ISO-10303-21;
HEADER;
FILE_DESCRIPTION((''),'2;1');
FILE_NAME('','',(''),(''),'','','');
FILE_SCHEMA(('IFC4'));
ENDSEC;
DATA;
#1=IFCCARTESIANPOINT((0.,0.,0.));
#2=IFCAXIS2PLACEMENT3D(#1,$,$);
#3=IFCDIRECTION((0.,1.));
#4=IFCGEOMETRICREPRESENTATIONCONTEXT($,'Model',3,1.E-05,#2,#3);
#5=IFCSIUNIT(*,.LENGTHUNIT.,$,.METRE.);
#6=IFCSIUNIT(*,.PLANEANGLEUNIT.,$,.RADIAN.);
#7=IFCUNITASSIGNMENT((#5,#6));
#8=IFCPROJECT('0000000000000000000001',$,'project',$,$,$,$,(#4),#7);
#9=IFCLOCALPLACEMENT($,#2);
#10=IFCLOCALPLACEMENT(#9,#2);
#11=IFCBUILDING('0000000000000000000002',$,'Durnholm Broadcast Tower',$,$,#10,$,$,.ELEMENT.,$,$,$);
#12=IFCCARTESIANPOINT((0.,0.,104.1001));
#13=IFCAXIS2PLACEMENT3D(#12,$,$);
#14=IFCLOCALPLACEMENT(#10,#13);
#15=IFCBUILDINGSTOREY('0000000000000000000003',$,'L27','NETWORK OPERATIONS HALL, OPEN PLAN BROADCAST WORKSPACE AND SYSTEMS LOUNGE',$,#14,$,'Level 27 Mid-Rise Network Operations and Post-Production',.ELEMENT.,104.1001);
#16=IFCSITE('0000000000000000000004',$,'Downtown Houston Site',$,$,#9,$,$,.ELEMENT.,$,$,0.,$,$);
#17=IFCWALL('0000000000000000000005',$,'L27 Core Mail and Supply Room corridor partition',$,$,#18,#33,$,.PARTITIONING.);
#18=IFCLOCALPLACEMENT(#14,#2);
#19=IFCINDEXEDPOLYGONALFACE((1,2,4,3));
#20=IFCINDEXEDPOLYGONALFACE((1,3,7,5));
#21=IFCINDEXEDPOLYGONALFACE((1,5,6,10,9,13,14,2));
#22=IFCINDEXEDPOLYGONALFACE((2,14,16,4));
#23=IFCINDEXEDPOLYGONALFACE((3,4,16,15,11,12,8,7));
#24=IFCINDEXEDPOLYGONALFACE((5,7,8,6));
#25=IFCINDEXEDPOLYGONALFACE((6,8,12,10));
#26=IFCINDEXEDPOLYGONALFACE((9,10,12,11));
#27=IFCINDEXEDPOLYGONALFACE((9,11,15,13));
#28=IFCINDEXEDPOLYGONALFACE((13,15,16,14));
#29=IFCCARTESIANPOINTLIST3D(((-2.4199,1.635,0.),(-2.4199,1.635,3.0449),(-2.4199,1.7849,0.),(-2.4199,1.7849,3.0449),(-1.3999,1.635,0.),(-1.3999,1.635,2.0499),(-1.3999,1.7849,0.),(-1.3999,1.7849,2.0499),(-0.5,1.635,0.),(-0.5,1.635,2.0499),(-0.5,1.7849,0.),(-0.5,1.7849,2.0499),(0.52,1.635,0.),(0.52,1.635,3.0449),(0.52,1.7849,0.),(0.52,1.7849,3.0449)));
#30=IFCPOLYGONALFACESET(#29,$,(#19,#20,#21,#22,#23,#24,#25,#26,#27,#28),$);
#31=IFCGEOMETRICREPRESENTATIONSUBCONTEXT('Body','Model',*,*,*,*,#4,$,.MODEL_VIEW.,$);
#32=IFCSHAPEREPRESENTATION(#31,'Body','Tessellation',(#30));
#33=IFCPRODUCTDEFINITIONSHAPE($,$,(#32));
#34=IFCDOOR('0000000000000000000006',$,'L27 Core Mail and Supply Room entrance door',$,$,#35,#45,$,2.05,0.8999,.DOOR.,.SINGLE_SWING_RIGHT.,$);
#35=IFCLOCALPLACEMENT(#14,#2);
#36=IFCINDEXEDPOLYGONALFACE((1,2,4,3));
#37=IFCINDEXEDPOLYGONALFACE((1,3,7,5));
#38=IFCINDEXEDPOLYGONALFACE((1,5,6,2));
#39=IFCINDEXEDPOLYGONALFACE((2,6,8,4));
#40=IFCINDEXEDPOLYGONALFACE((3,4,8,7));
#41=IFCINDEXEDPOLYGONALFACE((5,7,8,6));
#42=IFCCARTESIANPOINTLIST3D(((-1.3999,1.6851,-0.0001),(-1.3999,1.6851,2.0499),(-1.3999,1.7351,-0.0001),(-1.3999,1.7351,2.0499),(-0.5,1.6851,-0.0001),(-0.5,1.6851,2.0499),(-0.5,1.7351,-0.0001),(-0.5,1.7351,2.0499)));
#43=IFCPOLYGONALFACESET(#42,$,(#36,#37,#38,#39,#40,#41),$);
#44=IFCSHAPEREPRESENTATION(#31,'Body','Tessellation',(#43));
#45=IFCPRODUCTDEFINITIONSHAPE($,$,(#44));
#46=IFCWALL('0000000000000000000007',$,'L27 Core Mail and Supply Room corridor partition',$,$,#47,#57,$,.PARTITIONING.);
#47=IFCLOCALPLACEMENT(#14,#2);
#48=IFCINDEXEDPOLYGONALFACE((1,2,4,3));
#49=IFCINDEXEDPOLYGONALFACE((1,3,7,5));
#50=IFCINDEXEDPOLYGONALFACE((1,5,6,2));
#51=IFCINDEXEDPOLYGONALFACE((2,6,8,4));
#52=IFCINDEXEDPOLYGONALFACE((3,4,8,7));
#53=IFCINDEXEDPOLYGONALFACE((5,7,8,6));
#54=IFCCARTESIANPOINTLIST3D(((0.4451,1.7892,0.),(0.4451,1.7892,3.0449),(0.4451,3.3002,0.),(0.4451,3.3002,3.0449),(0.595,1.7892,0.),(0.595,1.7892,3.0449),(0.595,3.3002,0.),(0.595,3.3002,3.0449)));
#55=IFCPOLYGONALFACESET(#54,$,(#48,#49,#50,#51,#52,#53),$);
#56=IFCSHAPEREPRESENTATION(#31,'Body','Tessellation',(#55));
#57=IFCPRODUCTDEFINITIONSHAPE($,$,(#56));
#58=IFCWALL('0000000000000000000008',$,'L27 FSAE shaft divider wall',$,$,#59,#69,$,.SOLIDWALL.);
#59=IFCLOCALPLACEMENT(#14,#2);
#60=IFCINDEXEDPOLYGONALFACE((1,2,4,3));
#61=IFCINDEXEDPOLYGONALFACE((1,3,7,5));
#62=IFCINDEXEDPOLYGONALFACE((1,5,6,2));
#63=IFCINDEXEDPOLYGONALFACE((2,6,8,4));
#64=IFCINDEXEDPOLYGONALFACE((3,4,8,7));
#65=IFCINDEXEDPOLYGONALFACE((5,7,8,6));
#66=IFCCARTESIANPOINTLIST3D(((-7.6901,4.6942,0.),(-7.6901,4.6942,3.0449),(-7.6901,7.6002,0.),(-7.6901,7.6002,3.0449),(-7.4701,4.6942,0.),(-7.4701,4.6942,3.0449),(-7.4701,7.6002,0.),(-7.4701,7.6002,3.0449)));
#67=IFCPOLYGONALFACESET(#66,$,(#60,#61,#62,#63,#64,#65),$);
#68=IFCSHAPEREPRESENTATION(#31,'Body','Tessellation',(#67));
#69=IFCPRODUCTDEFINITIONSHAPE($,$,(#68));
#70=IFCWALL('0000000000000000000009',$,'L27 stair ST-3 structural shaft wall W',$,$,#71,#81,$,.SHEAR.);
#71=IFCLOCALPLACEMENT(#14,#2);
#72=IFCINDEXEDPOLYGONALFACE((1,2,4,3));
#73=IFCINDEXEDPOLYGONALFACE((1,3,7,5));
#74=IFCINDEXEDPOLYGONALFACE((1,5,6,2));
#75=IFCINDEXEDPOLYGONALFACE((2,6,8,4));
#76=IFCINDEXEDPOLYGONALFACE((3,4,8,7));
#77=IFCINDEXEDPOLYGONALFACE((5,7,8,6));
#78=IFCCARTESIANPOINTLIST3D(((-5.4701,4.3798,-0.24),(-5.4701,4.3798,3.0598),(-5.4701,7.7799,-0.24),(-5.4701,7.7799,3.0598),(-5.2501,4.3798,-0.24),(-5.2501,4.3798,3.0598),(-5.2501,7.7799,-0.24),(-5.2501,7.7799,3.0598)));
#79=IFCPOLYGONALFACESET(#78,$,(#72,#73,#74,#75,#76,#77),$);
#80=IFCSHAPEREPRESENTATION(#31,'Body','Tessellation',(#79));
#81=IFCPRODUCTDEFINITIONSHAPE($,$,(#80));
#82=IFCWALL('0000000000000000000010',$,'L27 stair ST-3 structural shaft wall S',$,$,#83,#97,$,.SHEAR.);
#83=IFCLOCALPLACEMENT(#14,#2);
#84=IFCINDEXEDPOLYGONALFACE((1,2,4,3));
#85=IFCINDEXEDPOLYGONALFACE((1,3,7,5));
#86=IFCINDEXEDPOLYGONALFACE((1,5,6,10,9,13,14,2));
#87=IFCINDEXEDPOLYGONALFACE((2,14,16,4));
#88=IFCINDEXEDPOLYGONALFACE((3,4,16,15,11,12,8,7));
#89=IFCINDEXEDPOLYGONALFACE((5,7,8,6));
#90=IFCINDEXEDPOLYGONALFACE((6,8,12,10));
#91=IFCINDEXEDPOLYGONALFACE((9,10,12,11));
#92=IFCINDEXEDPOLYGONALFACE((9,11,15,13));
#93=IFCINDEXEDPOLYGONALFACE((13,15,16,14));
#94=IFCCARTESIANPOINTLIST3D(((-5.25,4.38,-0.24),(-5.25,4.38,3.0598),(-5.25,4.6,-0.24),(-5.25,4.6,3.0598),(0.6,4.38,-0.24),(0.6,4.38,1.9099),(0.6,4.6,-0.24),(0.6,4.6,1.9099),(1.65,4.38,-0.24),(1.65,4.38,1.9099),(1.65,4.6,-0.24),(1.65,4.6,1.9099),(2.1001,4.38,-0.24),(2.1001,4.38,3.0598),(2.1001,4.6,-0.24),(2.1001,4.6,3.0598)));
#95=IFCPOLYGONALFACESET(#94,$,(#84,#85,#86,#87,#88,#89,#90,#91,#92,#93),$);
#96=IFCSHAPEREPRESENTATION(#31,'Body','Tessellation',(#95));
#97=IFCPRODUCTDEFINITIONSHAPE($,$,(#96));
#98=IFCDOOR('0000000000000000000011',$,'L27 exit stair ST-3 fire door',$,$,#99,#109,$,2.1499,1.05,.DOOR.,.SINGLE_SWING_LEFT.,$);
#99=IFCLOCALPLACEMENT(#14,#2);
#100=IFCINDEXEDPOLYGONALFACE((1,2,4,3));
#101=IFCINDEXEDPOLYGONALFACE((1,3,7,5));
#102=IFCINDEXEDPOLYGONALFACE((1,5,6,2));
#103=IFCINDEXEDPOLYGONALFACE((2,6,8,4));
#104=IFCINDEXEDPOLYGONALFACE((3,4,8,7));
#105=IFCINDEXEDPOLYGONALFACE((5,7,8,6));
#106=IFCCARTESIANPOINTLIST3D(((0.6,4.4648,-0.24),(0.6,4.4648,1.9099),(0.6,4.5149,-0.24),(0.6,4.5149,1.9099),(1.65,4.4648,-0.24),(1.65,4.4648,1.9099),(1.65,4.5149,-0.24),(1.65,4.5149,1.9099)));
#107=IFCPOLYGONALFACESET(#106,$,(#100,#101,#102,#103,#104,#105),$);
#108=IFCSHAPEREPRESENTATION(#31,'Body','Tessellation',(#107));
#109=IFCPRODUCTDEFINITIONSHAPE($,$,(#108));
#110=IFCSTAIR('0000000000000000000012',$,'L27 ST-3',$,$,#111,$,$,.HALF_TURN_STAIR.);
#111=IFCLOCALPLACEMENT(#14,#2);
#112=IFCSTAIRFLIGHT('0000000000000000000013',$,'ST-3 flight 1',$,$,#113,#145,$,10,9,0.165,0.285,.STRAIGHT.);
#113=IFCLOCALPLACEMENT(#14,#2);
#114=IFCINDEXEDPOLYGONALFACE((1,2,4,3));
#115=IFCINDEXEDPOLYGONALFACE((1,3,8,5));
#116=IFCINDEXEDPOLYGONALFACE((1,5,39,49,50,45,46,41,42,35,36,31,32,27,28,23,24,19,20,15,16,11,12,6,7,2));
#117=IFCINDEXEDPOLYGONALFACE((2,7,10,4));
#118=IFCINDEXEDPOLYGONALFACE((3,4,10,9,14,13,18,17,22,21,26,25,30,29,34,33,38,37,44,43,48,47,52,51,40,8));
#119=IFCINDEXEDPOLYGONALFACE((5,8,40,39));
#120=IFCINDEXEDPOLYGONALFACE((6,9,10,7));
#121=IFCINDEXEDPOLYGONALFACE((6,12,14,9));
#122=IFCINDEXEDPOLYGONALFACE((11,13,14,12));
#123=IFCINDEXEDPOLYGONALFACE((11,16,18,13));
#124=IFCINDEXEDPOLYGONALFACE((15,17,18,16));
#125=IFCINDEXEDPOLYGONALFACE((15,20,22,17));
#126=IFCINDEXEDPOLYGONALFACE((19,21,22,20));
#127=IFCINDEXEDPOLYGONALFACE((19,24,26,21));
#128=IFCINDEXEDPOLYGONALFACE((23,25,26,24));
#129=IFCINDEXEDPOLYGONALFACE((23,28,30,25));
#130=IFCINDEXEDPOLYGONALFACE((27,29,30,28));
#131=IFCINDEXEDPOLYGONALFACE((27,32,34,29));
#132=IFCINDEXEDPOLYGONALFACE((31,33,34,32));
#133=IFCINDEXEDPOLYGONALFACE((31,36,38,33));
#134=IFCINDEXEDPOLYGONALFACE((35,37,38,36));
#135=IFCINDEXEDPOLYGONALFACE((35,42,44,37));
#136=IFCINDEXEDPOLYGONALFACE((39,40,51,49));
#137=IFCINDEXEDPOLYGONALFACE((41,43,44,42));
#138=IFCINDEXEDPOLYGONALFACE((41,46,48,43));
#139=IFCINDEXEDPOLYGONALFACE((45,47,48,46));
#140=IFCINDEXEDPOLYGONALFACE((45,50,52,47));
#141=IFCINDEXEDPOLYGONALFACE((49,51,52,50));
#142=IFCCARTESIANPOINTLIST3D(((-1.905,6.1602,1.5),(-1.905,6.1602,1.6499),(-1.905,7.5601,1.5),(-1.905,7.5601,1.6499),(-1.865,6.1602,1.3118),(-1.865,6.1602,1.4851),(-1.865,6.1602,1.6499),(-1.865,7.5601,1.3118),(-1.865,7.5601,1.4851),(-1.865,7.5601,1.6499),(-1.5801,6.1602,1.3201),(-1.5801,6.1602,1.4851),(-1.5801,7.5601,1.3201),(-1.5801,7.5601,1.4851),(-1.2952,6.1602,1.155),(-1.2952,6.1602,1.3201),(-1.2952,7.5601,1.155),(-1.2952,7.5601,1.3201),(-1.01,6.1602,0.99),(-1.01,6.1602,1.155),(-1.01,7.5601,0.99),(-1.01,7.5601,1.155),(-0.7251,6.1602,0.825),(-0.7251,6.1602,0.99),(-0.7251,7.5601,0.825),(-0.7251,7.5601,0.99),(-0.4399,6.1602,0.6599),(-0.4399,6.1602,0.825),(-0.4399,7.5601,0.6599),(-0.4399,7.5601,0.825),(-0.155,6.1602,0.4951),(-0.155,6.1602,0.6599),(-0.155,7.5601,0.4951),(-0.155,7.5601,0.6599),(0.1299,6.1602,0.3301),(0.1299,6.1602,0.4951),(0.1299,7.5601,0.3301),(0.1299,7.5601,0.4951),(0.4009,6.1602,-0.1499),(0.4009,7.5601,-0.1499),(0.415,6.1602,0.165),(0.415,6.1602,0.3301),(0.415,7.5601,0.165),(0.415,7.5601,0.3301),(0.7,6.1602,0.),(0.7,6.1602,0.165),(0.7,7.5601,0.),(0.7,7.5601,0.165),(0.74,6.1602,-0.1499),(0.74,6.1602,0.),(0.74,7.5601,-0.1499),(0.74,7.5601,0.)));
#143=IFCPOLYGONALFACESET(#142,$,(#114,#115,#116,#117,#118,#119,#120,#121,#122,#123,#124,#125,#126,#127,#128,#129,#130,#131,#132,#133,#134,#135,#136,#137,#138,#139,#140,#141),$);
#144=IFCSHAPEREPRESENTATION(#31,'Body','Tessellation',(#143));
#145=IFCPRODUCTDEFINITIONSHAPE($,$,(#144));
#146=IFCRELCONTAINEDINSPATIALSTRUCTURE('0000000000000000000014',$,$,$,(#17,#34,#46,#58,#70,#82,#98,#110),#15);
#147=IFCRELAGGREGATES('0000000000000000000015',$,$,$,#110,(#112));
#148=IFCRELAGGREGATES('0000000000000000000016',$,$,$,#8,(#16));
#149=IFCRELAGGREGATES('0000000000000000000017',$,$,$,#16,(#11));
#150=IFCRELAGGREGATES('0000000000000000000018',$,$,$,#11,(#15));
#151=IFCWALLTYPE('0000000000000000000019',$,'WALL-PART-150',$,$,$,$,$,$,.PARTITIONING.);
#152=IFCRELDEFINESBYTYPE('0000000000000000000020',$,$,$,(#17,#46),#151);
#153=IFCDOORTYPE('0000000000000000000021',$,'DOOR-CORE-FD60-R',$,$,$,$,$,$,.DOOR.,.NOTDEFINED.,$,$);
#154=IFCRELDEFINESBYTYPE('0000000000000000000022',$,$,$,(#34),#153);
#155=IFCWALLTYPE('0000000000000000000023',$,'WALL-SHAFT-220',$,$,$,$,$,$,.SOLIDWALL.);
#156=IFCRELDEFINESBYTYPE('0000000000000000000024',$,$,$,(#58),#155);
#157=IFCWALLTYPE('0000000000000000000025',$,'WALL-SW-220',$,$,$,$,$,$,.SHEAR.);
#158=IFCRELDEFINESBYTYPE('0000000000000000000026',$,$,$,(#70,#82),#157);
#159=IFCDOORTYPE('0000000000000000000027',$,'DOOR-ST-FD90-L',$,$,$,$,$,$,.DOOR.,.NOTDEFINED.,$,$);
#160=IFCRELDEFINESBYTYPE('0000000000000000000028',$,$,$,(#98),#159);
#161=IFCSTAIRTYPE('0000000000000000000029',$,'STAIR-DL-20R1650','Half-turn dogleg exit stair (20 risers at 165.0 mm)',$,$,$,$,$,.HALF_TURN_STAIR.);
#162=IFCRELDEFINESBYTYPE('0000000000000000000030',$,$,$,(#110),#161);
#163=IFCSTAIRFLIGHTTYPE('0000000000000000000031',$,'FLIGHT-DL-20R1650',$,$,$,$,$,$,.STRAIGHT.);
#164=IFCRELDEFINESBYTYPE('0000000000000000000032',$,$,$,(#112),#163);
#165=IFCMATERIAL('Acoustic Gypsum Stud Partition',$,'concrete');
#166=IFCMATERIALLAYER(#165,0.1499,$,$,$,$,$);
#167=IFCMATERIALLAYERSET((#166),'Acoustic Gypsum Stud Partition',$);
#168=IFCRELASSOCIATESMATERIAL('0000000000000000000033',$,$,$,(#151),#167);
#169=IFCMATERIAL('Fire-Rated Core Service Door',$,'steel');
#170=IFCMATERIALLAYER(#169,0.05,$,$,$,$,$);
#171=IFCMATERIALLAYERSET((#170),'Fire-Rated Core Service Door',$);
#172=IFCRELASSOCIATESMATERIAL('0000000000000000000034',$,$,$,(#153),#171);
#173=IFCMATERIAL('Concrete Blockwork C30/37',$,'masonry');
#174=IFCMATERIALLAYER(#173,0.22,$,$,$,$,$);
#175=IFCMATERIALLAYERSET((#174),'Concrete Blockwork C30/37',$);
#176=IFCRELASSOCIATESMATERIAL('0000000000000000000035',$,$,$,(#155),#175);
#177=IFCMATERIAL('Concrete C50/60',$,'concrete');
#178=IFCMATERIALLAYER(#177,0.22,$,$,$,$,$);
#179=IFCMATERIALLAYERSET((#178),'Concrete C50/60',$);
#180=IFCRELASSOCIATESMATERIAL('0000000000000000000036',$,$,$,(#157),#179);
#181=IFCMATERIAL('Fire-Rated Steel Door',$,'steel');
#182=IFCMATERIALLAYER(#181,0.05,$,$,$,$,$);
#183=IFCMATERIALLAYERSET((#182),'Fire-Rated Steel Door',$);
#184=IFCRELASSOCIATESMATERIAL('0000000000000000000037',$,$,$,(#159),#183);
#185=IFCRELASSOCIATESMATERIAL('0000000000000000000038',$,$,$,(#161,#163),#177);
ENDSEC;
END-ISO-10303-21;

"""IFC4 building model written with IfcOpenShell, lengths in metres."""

from ifc_helpers import new_model, si_unit, direction, frame, frame_2d, origin, place, context, subcontext, project, spatial, polyline, rectangle, outline, extrude, source, transform, mapped, material, layer, layer_set, type_object, type_shapes, element, fill, aggregate, save


model = new_model("IFC4")

# Units and contexts
model_context = context("Model", 3, precision=1e-05, world=origin(), true_north=direction((0.0, 1.0)))
body_context = subcontext(model_context, "Body", "Model", "MODEL_VIEW")
ifc_project = project(units=[si_unit("LENGTHUNIT", "METRE"), si_unit("PLANEANGLEUNIT", "RADIAN")], contexts=[model_context])

# Site, building, storey
site_placement = place(None, origin())
site = spatial("IfcSite", under=ifc_project, at=site_placement, Name="Downtown Houston Site", CompositionType="ELEMENT", RefElevation=0.0)
building_placement = place(site_placement, origin())
building = spatial("IfcBuilding", under=site, at=building_placement, Name="Durnholm Broadcast Tower", CompositionType="ELEMENT")
storey_placement = place(building_placement, frame((0.0, 0.0, 104.1001)))
storey = spatial("IfcBuildingStorey", under=building, at=storey_placement, Name="L27", Description="NETWORK OPERATIONS HALL, OPEN PLAN BROADCAST WORKSPACE AND SYSTEMS LOUNGE", LongName="Level 27 Mid-Rise Network Operations and Post-Production", CompositionType="ELEMENT", Elevation=104.1001)

# Wall, opening, door
ifc_material_1 = material(Name="Acoustic Gypsum Stud Partition", Category="concrete")
ifc_layer_1 = layer(ifc_material_1, 0.1499)
ifc_layer_set_1 = layer_set([ifc_layer_1], Name="Acoustic Gypsum Stud Partition")
wall_type_1 = type_object("IfcWallType", Name="WALL-PART-150", PredefinedType="PARTITIONING", material=ifc_layer_set_1)
ifc_material_2 = material(Name="Fire-Rated Core Service Door", Category="steel")
wall_1_placement = place(storey_placement, frame((0.52, 1.71, 0.0), z_axis=(0.0, 0.0, 1.0), x_axis=(-1.0, 0.0, 0.0)))
wall_1 = element("IfcWall", 1, at=wall_1_placement, inside=storey, type_object=wall_type_1, Name="L27 Core Mail and Supply Room corridor partition", PredefinedType="PARTITIONING", context=body_context, shape_type="SweptSolid", body=[
    extrude(rectangle(XDim=2.9399, YDim=0.1499, at=frame_2d((1.47, 0.0))), origin(), (0.0, 0.0, 1.0), 3.0449),
])
opening_1_placement = place(wall_1_placement, frame((1.02, 0.0, 0.0)))
opening_1 = element("IfcOpeningElement", 2, at=opening_1_placement, cuts=wall_1, PredefinedType="OPENING", context=body_context, shape_type="SweptSolid", body=[
    extrude(rectangle(XDim=0.8999, YDim=2.05, at=frame_2d((0.45, 1.0249))), frame((0.0, 0.085, 0.0), z_axis=(0.0, -1.0, 0.0), x_axis=(1.0, 0.0, 0.0)), (0.0, 0.0, 1.0), 0.1699),
])
ifc_layer_2 = layer(ifc_material_2, 0.05)
ifc_layer_set_2 = layer_set([ifc_layer_2], Name="Fire-Rated Core Service Door")
door_type_1 = type_object("IfcDoorType", Name="DOOR-CORE-FD60-R", OperationType="NOTDEFINED", PredefinedType="DOOR", material=ifc_layer_set_2)
shared_shape_1 = source(origin(), body_context, "Body", "SweptSolid", [
    extrude(rectangle(XDim=0.8999, YDim=2.05, at=frame_2d((0.45, 1.0249))), frame((0.0, 0.0249, 0.0), z_axis=(0.0, -1.0, 0.0), x_axis=(1.0, 0.0, 0.0)), (0.0, 0.0, 1.0), 0.05),
])
type_shapes(door_type_1, [shared_shape_1])
door_1_placement = place(opening_1_placement, origin())
door_1 = element("IfcDoor", 3, at=door_1_placement, inside=storey, type_object=door_type_1, Name="L27 Core Mail and Supply Room entrance door", OperationType="SINGLE_SWING_RIGHT", OverallHeight=2.05, OverallWidth=0.8999, PredefinedType="DOOR", context=body_context, shape_type="MappedRepresentation", body=[
    mapped(shared_shape_1, transform((0.0, 0.0, 0.0), x_axis=(1.0, 0.0, 0.0), y_axis=(0.0, 1.0, 0.0), z_axis=(0.0, 0.0, 1.0), scale=1.0)),
])
fill(opening_1, door_1)

# Wall
wall_2_placement = place(storey_placement, frame((0.52, 3.3, 0.0), z_axis=(0.0, 0.0, 1.0), x_axis=(0.0, -1.0, 0.0)))
element("IfcWall", 4, at=wall_2_placement, inside=storey, type_object=wall_type_1, Name="L27 Core Mail and Supply Room corridor partition", PredefinedType="PARTITIONING", context=body_context, shape_type="SweptSolid", body=[
    extrude(rectangle(XDim=1.511, YDim=0.1499, at=frame_2d((0.7554, 0.0))), origin(), (0.0, 0.0, 1.0), 3.0449),
])

# Shared definitions
ifc_material_3 = material(Name="Concrete Blockwork C30/37", Category="masonry")
ifc_layer_3 = layer(ifc_material_3, 0.22)
ifc_layer_set_3 = layer_set([ifc_layer_3], Name="Concrete Blockwork C30/37")
wall_type_2 = type_object("IfcWallType", Name="WALL-SHAFT-220", PredefinedType="SOLIDWALL", material=ifc_layer_set_3)

# Walls
wall_3_placement = place(storey_placement, frame((-7.5801, 4.6941, 0.0), z_axis=(0.0, 0.0, 1.0), x_axis=(0.0, 1.0, 0.0)))
element("IfcWall", 5, at=wall_3_placement, inside=storey, type_object=wall_type_2, Name="L27 FSAE shaft divider wall", PredefinedType="SOLIDWALL", context=body_context, shape_type="SweptSolid", body=[
    extrude(rectangle(XDim=2.906, YDim=0.22, at=frame_2d((1.4531, 0.0))), origin(), (0.0, 0.0, 1.0), 3.0449),
])
ifc_material_4 = material(Name="Concrete C50/60", Category="concrete")
ifc_layer_4 = layer(ifc_material_4, 0.22)
ifc_layer_set_4 = layer_set([ifc_layer_4], Name="Concrete C50/60")
wall_type_3 = type_object("IfcWallType", Name="WALL-SW-220", PredefinedType="SHEAR", material=ifc_layer_set_4)
wall_4_placement = place(storey_placement, frame((-5.3601, 7.78, -0.24), z_axis=(0.0, 0.0, 1.0), x_axis=(0.0, -1.0, 0.0)))
element("IfcWall", 6, at=wall_4_placement, inside=storey, type_object=wall_type_3, Name="L27 stair ST-3 structural shaft wall W", PredefinedType="SHEAR", context=body_context, shape_type="SweptSolid", body=[
    extrude(rectangle(XDim=3.4001, YDim=0.22, at=frame_2d((1.7002, 0.0))), origin(), (0.0, 0.0, 1.0), 3.2998),
])

# Wall, opening, door
wall_5_placement = place(storey_placement, frame((-5.25, 4.49, -0.24), z_axis=(0.0, 0.0, 1.0), x_axis=(1.0, 0.0, 0.0)))
wall_5 = element("IfcWall", 7, at=wall_5_placement, inside=storey, type_object=wall_type_3, Name="L27 stair ST-3 structural shaft wall S", PredefinedType="SHEAR", context=body_context, shape_type="SweptSolid", body=[
    extrude(rectangle(XDim=7.3501, YDim=0.22, at=frame_2d((3.675, 0.0))), origin(), (0.0, 0.0, 1.0), 3.2998),
])
opening_2_placement = place(wall_5_placement, frame((5.8501, 0.0, 0.0)))
opening_2 = element("IfcOpeningElement", 8, at=opening_2_placement, cuts=wall_5, PredefinedType="OPENING", context=body_context, shape_type="SweptSolid", body=[
    extrude(rectangle(XDim=1.05, YDim=2.1499, at=frame_2d((0.5249, 1.075))), frame((0.0, 0.1201, 0.0), z_axis=(0.0, -1.0, 0.0), x_axis=(1.0, 0.0, 0.0)), (0.0, 0.0, 1.0), 0.24),
])
ifc_material_5 = material(Name="Fire-Rated Steel Door", Category="steel")
ifc_layer_5 = layer(ifc_material_5, 0.05)
ifc_layer_set_5 = layer_set([ifc_layer_5], Name="Fire-Rated Steel Door")
door_type_2 = type_object("IfcDoorType", Name="DOOR-ST-FD90-L", OperationType="NOTDEFINED", PredefinedType="DOOR", material=ifc_layer_set_5)
shared_shape_2 = source(origin(), body_context, "Body", "SweptSolid", [
    extrude(rectangle(XDim=1.05, YDim=2.1499, at=frame_2d((0.5249, 1.075))), frame((0.0, 0.0249, 0.0), z_axis=(0.0, -1.0, 0.0), x_axis=(1.0, 0.0, 0.0)), (0.0, 0.0, 1.0), 0.05),
])
type_shapes(door_type_2, [shared_shape_2])
door_2_placement = place(opening_2_placement, origin())
door_2 = element("IfcDoor", 9, at=door_2_placement, inside=storey, type_object=door_type_2, Name="L27 exit stair ST-3 fire door", OperationType="SINGLE_SWING_LEFT", OverallHeight=2.1499, OverallWidth=1.05, PredefinedType="DOOR", context=body_context, shape_type="MappedRepresentation", body=[
    mapped(shared_shape_2, transform((0.0, 0.0, 0.0), x_axis=(1.0, 0.0, 0.0), y_axis=(0.0, 1.0, 0.0), z_axis=(0.0, 0.0, 1.0), scale=1.0)),
])
fill(opening_2, door_2)

# Stair, stair flight
stair_type = type_object("IfcStairType", Name="STAIR-DL-20R1650", Description="Half-turn dogleg exit stair (20 risers at 165.0 mm)", PredefinedType="HALF_TURN_STAIR", material=ifc_material_4)
stair_placement = place(storey_placement, origin())
stair = element("IfcStair", 10, at=stair_placement, inside=storey, type_object=stair_type, Name="L27 ST-3", PredefinedType="HALF_TURN_STAIR")
stair_flight_type = type_object("IfcStairFlightType", Name="FLIGHT-DL-20R1650", PredefinedType="STRAIGHT", material=ifc_material_4)
stair_flight_1_placement = place(storey_placement, frame((0.7, 6.8601, 0.0), z_axis=(0.0, 0.0, 1.0), x_axis=(-1.0, 0.0, 0.0)))
stair_flight_1 = element("IfcStairFlight", 11, at=stair_flight_1_placement, type_object=stair_flight_type, Name="ST-3 flight 1", NumberOfRisers=10, NumberOfTreads=9, PredefinedType="STRAIGHT", RiserHeight=0.165, TreadLength=0.285, context=body_context, shape_type="SweptSolid", body=[
    extrude(outline(polyline([(-0.04, -0.1499), (-0.04, 0.0), (0.0, 0.0), (0.0, 0.165), (0.2849, 0.165), (0.2849, 0.3301), (0.5701, 0.3301), (0.5701, 0.4951), (0.855, 0.4951), (0.855, 0.6599), (1.1399, 0.6599), (1.1399, 0.825), (1.425, 0.825), (1.425, 0.99), (1.71, 0.99), (1.71, 1.155), (1.9951, 1.155), (1.9951, 1.3201), (2.28, 1.3201), (2.28, 1.4851), (2.5649, 1.4851), (2.5649, 1.6499), (2.605, 1.6499), (2.605, 1.5), (2.5649, 1.3118), (0.2991, -0.1499), (-0.04, -0.1499)])), frame((0.0, 0.7, 0.0), z_axis=(0.0, -1.0, 0.0), x_axis=(1.0, 0.0, 0.0)), (0.0, 0.0, 1.0), 1.3999),
])
aggregate(stair, [stair_flight_1])

save(model, "model.ifc")
